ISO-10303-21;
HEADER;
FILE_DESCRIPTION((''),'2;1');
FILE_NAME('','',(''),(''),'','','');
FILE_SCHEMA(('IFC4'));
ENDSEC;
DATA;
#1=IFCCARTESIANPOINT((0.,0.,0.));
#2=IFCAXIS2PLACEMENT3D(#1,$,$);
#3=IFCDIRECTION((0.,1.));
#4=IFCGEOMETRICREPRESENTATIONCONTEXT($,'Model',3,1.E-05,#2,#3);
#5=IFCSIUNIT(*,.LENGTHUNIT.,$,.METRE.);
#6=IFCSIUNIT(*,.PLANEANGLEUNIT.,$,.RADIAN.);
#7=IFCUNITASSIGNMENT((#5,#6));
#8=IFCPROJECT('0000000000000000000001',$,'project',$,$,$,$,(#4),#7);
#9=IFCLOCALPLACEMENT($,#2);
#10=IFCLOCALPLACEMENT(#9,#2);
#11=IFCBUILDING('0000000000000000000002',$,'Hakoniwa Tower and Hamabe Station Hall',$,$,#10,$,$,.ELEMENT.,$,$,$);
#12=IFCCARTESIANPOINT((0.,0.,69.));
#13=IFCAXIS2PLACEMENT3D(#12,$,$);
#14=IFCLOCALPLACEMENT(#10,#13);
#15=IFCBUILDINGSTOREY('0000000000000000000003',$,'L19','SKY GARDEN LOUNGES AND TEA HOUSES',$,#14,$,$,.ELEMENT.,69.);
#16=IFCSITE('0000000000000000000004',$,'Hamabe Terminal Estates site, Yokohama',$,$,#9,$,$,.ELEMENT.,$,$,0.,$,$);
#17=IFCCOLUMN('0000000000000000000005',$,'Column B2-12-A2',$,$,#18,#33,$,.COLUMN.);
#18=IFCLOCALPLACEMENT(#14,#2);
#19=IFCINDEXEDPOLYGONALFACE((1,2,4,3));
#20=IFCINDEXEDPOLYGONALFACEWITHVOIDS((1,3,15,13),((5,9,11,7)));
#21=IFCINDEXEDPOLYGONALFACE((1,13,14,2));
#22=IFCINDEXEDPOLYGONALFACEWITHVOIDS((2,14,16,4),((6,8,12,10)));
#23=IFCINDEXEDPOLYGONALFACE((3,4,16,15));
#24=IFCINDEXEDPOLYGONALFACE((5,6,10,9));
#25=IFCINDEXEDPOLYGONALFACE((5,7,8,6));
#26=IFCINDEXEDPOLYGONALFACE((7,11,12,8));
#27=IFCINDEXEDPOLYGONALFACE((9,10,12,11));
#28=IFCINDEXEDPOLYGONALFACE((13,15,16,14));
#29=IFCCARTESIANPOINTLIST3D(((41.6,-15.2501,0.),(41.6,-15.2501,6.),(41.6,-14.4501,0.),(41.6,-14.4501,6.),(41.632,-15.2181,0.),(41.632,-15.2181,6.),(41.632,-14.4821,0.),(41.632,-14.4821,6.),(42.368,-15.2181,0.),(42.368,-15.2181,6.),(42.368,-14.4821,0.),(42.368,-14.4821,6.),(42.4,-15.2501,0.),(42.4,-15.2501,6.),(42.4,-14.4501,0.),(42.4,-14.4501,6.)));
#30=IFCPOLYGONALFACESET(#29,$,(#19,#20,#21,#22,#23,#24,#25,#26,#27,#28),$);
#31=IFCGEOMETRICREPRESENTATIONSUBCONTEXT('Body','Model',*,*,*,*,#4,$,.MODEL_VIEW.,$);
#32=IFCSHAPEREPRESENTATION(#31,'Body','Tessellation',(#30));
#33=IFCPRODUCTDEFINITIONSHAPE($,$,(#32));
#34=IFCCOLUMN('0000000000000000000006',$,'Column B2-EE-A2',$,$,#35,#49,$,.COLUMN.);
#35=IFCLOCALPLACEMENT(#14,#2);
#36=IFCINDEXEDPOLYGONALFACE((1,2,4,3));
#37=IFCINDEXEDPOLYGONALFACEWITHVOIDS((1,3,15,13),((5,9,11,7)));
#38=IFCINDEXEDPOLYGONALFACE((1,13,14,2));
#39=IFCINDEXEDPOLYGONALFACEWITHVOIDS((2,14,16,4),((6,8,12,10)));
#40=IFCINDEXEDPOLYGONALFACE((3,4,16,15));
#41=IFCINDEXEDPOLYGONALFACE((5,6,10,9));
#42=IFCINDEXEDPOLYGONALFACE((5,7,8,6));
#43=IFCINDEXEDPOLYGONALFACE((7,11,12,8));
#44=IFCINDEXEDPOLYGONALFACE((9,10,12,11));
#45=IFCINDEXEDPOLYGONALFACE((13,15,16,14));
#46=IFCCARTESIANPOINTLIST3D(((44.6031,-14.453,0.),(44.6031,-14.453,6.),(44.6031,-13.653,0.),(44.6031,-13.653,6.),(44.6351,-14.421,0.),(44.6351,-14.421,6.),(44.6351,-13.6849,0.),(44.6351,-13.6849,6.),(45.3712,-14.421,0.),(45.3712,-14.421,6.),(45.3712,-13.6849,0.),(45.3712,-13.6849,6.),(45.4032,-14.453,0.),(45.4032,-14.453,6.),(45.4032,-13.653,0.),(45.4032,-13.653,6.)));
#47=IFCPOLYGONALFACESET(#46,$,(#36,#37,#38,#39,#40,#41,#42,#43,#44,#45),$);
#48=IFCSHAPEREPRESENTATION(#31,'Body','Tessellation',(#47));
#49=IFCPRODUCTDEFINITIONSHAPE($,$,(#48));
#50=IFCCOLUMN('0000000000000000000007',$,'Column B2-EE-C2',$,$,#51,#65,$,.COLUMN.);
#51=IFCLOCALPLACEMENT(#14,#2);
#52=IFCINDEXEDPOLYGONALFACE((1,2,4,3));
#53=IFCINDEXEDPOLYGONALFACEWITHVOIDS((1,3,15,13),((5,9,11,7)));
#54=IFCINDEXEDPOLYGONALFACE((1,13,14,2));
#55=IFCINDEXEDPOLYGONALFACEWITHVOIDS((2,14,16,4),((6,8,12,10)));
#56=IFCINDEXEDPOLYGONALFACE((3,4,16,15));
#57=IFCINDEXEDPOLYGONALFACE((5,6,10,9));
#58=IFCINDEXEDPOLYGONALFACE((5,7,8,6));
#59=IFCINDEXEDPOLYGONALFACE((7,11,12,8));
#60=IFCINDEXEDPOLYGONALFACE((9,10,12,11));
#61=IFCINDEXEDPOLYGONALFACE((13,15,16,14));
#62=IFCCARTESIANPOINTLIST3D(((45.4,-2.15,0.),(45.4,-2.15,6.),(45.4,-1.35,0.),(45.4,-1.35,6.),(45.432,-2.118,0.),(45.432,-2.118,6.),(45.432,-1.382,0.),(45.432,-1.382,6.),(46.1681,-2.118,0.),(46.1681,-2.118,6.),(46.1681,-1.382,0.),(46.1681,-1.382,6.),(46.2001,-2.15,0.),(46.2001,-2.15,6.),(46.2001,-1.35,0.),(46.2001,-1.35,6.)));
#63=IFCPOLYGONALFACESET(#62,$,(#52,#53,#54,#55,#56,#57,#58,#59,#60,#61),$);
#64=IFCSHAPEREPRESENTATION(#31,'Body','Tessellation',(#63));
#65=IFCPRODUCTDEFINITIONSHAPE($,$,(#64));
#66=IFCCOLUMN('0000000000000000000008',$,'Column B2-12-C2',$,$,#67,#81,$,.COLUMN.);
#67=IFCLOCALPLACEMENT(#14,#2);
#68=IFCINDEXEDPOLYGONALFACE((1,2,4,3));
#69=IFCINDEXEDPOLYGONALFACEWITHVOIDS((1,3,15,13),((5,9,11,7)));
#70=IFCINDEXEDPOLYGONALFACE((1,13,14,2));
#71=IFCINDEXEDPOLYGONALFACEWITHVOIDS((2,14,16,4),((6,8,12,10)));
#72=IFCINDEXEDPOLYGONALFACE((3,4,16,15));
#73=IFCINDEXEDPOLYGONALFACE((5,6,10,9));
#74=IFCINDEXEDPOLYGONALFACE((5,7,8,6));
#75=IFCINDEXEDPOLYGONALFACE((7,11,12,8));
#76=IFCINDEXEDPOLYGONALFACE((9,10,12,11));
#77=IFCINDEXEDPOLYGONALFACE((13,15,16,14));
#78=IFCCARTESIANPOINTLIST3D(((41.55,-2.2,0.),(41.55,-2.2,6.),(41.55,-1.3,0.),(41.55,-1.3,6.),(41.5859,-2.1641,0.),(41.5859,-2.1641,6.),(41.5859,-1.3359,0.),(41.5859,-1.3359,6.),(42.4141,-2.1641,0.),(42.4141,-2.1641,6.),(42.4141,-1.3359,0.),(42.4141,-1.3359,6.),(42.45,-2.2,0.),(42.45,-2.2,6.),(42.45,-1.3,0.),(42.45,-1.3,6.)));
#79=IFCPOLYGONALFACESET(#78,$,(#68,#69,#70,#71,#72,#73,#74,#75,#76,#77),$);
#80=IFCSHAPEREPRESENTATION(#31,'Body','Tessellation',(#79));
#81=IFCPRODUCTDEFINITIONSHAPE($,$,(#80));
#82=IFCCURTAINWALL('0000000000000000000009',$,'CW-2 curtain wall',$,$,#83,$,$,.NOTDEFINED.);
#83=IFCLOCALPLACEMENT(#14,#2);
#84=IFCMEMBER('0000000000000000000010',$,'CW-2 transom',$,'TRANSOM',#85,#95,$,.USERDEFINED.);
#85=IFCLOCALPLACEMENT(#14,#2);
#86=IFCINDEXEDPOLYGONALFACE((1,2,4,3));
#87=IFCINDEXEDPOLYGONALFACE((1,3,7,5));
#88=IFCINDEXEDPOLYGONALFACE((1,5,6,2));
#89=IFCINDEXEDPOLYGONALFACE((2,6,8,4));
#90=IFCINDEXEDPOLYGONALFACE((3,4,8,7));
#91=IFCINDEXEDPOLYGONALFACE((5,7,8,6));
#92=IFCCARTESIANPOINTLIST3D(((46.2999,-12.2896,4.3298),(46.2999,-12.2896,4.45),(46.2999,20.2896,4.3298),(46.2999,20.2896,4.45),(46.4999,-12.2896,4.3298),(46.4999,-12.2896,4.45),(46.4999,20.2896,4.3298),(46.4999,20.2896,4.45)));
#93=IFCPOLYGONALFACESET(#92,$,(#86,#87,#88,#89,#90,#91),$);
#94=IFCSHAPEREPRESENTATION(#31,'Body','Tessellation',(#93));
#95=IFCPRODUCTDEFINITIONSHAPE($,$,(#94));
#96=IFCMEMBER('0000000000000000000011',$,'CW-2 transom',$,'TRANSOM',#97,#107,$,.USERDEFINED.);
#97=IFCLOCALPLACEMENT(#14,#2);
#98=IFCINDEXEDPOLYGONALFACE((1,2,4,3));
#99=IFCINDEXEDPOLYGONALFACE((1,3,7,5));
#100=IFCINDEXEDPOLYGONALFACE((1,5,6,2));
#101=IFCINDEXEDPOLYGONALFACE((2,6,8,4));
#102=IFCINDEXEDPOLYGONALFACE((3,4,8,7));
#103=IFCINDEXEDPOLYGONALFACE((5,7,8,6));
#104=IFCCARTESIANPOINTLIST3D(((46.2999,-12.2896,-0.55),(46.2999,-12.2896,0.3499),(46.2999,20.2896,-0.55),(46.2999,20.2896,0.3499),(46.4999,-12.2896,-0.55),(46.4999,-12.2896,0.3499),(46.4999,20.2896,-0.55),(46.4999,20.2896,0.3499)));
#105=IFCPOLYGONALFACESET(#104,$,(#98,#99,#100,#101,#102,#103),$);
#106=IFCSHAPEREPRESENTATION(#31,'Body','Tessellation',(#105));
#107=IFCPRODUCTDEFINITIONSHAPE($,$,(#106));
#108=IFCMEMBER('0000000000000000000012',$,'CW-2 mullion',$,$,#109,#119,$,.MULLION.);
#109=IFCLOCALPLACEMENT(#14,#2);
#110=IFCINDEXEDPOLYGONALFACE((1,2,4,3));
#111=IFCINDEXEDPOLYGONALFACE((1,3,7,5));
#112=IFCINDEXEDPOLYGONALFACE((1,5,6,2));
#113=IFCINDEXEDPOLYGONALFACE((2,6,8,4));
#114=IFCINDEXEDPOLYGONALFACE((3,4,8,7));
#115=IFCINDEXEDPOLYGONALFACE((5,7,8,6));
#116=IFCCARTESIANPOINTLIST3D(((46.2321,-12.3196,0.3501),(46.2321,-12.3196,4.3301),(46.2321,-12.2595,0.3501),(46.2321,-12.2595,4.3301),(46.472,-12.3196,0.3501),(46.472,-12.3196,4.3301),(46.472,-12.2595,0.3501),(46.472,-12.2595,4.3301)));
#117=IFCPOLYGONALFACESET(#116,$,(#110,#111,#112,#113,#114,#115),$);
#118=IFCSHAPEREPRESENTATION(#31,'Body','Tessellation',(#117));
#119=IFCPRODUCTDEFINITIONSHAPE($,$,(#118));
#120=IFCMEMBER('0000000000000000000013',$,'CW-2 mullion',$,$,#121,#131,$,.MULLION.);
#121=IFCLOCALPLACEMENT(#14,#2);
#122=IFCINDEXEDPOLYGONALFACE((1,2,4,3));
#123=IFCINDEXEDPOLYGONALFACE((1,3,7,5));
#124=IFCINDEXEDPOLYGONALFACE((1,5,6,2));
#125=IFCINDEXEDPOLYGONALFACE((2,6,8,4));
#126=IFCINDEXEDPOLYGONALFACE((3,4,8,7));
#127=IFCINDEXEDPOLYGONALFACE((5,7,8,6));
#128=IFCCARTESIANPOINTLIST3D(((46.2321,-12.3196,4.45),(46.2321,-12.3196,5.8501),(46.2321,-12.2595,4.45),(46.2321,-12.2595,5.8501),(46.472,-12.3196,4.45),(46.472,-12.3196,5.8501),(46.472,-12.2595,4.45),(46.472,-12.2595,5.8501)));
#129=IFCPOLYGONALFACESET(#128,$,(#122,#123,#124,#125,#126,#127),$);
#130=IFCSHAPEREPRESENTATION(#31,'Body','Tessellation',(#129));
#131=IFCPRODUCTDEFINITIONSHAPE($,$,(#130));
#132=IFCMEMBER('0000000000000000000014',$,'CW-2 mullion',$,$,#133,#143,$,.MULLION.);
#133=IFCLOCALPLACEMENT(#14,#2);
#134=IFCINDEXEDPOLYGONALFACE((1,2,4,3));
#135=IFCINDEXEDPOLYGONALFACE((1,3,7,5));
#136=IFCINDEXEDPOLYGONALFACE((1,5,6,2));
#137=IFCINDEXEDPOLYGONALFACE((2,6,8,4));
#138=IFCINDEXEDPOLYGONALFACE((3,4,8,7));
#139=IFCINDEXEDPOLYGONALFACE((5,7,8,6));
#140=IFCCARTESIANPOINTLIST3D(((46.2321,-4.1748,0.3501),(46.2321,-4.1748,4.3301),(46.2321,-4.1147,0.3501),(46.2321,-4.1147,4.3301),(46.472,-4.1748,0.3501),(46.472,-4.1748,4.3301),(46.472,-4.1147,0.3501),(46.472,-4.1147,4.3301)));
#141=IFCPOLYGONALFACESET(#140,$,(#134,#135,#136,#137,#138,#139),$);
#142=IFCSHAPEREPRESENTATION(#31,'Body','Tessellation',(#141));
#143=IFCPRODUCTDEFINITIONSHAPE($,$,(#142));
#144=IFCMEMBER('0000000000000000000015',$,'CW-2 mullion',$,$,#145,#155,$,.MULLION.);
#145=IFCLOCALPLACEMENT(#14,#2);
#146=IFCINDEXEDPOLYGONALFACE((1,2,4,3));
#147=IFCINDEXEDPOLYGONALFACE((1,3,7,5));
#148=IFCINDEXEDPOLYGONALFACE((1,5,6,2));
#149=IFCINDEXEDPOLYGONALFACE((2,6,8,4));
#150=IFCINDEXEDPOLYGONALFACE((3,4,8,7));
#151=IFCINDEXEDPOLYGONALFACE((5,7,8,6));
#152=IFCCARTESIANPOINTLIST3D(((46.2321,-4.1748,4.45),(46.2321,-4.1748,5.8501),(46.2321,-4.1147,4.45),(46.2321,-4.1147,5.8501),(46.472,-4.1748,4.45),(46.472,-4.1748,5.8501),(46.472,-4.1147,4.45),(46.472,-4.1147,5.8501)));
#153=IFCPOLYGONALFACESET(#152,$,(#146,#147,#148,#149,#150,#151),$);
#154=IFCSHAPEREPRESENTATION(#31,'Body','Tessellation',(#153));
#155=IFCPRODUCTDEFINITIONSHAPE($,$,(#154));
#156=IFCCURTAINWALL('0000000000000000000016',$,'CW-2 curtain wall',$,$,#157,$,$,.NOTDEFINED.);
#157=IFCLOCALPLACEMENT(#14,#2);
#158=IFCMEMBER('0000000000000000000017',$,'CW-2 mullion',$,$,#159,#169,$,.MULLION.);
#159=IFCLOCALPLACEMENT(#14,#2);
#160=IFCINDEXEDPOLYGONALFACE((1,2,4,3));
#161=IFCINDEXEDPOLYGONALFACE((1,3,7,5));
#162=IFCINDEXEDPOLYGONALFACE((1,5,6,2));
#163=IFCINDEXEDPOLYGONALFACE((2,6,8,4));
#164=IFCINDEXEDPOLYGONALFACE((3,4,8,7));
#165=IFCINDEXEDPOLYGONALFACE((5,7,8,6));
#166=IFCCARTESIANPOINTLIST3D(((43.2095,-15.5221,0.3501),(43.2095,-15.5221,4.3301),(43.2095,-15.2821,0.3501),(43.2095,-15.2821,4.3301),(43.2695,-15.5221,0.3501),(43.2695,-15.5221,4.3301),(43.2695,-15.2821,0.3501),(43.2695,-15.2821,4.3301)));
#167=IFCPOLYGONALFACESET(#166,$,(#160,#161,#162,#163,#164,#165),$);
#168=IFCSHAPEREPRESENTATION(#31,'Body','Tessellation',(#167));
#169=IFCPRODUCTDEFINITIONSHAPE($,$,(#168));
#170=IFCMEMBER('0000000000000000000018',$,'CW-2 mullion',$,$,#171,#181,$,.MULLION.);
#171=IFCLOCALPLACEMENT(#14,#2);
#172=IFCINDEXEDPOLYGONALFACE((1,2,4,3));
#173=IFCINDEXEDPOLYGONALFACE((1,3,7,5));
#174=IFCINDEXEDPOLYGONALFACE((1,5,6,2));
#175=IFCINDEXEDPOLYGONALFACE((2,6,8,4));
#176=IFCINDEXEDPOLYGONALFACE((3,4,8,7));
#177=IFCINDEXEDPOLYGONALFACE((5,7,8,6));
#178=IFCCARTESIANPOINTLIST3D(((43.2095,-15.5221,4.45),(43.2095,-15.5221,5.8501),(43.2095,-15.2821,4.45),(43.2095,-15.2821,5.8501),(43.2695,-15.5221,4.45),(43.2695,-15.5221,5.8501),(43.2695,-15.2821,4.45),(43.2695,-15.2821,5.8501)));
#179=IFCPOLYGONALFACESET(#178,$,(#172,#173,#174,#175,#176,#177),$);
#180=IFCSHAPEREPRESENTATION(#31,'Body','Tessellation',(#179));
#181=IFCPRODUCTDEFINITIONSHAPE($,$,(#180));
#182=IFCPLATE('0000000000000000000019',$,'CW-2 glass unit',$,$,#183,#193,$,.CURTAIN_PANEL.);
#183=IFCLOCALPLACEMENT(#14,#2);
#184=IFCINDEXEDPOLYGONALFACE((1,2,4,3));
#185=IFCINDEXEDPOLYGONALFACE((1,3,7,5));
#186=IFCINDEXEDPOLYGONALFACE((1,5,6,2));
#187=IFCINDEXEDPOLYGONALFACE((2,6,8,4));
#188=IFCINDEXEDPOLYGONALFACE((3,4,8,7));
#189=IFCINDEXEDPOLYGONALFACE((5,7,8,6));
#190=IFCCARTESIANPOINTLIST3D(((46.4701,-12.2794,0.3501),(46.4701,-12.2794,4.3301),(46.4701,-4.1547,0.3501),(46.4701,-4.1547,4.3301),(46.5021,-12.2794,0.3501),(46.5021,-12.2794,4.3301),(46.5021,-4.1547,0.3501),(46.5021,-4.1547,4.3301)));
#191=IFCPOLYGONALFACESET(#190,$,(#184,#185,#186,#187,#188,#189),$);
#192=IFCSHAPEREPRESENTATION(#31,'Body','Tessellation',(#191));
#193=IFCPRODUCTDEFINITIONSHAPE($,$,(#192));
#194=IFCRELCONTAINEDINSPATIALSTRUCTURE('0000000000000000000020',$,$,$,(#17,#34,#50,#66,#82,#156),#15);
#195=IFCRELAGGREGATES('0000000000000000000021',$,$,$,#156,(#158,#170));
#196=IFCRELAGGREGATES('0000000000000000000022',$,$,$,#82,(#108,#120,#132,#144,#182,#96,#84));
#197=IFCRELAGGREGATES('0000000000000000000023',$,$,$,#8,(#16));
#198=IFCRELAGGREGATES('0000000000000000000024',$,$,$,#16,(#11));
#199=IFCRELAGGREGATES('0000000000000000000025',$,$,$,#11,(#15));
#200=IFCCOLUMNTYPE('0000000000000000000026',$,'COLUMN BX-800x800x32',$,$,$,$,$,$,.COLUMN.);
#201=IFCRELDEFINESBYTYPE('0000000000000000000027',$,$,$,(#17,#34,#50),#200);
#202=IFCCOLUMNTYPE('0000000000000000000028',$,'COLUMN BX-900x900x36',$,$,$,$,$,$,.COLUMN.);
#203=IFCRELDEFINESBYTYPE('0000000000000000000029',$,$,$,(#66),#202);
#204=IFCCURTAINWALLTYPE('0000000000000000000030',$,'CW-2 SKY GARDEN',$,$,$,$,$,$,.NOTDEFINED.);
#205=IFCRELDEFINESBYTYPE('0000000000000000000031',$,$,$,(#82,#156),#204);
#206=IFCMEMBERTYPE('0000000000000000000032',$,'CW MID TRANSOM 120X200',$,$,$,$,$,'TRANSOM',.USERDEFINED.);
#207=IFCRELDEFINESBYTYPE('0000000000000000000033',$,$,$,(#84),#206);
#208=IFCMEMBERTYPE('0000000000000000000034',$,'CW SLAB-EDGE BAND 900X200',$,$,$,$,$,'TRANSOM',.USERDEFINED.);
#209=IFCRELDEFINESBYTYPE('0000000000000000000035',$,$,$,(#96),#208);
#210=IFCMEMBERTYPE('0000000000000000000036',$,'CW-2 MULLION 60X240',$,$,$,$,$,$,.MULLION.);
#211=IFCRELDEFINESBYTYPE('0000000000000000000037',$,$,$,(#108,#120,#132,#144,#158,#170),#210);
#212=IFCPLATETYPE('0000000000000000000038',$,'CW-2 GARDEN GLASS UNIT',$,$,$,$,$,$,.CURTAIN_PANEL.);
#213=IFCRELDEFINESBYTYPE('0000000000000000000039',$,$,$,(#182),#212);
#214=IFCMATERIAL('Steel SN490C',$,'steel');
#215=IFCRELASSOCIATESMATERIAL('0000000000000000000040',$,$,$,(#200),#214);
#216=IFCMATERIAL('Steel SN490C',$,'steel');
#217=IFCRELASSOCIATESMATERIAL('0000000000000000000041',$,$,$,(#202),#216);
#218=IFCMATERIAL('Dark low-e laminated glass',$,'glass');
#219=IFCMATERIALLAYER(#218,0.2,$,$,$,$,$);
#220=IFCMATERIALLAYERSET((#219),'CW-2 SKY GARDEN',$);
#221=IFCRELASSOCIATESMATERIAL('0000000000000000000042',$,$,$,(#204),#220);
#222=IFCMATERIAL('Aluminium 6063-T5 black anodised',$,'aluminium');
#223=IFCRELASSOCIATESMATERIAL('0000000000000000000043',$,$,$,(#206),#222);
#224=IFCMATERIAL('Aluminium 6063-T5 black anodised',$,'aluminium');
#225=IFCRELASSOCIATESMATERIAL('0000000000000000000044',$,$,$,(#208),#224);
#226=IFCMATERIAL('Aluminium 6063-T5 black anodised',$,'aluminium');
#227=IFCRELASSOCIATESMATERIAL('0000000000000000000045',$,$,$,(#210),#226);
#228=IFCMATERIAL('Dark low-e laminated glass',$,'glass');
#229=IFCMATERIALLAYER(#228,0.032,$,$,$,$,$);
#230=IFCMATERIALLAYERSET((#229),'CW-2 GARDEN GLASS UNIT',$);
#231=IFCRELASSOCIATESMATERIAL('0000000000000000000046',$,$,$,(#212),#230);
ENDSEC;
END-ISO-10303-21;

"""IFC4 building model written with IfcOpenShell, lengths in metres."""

from ifc_helpers import new_model, si_unit, direction, frame, origin, origin_2d, place, context, subcontext, project, spatial, rectangle, hollow_rectangle, extrude, material, layer, layer_set, material_profile, profile_set, type_object, element, aggregate, save


model = new_model("IFC4")

# Units and contexts
model_context = context("Model", 3, precision=1e-05, world=origin(), true_north=direction((0.0, 1.0)))
body_context = subcontext(model_context, "Body", "Model", "MODEL_VIEW")
ifc_project = project(units=[si_unit("LENGTHUNIT", "METRE"), si_unit("PLANEANGLEUNIT", "RADIAN")], contexts=[model_context])

# Site, building, storey
site_placement = place(None, origin())
site = spatial("IfcSite", under=ifc_project, at=site_placement, Name="Hamabe Terminal Estates site, Yokohama", CompositionType="ELEMENT", RefElevation=0.0)
building_placement = place(site_placement, origin())
building = spatial("IfcBuilding", under=site, at=building_placement, Name="Hakoniwa Tower and Hamabe Station Hall", CompositionType="ELEMENT")
storey_placement = place(building_placement, frame((0.0, 0.0, 69.0)))
storey = spatial("IfcBuildingStorey", under=building, at=storey_placement, Name="L19", Description="SKY GARDEN LOUNGES AND TEA HOUSES", CompositionType="ELEMENT", Elevation=69.0)

# Columns
ifc_material_1 = material(Name="Steel SN490C", Category="steel")
ifc_material_profile_1 = material_profile(ifc_material_1, hollow_rectangle(XDim=0.8, YDim=0.8, WallThickness=0.032, at=origin_2d()), Name="BX-800x800x32")
ifc_profile_set_1 = profile_set([ifc_material_profile_1], Name="Steel SN490C")
column_type_1 = type_object("IfcColumnType", Name="COLUMN BX-800x800x32", PredefinedType="COLUMN", material=ifc_profile_set_1)
for number, where, z_axis, x_axis, name in (
    (1, (42.0, -14.8501, 0.0), (0.0, 0.0, 1.0), (1.0, 0.0, 0.0), "Column B2-12-A2"),
    (2, (45.0032, -14.053, 0.0), (0.0, 0.0, 1.0), (1.0, 0.0, 0.0), "Column B2-EE-A2"),
    (3, (45.8, -1.75, 0.0), (0.0, 0.0, 1.0), (1.0, 0.0, 0.0), "Column B2-EE-C2"),
):
    element("IfcColumn", number, at=place(storey_placement, frame(where, z_axis=z_axis, x_axis=x_axis)), inside=storey, type_object=column_type_1, Name=name, PredefinedType="COLUMN", context=body_context, shape_type="SweptSolid", body=[
        extrude(hollow_rectangle(XDim=0.8, YDim=0.8, WallThickness=0.032, at=origin_2d()), origin(), (0.0, 0.0, 1.0), 6.0),
    ])
ifc_material_2 = material(Name="Steel SN490C", Category="steel")
ifc_material_profile_2 = material_profile(ifc_material_2, hollow_rectangle(XDim=0.8999, YDim=0.8999, WallThickness=0.0359, at=origin_2d()), Name="BX-900x900x36")
ifc_profile_set_2 = profile_set([ifc_material_profile_2], Name="Steel SN490C")
column_type_2 = type_object("IfcColumnType", Name="COLUMN BX-900x900x36", PredefinedType="COLUMN", material=ifc_profile_set_2)
column_placement = place(storey_placement, frame((42.0, -1.75, 0.0), z_axis=(0.0, 0.0, 1.0), x_axis=(1.0, 0.0, 0.0)))
element("IfcColumn", 4, at=column_placement, inside=storey, type_object=column_type_2, Name="Column B2-12-C2", PredefinedType="COLUMN", context=body_context, shape_type="SweptSolid", body=[
    extrude(hollow_rectangle(XDim=0.8999, YDim=0.8999, WallThickness=0.0359, at=origin_2d()), origin(), (0.0, 0.0, 1.0), 6.0),
])

# Curtain walls, members
ifc_material_3 = material(Name="Dark low-e laminated glass", Category="glass")
ifc_layer_1 = layer(ifc_material_3, 0.2)
ifc_layer_set_1 = layer_set([ifc_layer_1], Name="CW-2 SKY GARDEN")
curtain_wall_type = type_object("IfcCurtainWallType", Name="CW-2 SKY GARDEN", PredefinedType="NOTDEFINED", material=ifc_layer_set_1)
curtain_wall_1_placement = place(storey_placement, origin())
curtain_wall_1 = element("IfcCurtainWall", 5, at=curtain_wall_1_placement, inside=storey, type_object=curtain_wall_type, Name="CW-2 curtain wall", PredefinedType="NOTDEFINED")
ifc_material_4 = material(Name="Aluminium 6063-T5 black anodised", Category="aluminium")
ifc_material_profile_3 = material_profile(ifc_material_4, rectangle(XDim=0.2, YDim=0.1201, at=origin_2d()), Name="CW MID TRANSOM 120X200")
ifc_profile_set_3 = profile_set([ifc_material_profile_3], Name="Aluminium 6063-T5 black anodised")
member_type_1 = type_object("IfcMemberType", Name="CW MID TRANSOM 120X200", ElementType="TRANSOM", PredefinedType="USERDEFINED", material=ifc_profile_set_3)
member_1_placement = place(storey_placement, frame((46.3999, -12.2896, 4.3899), z_axis=(0.0, 1.0, 0.0), x_axis=(-1.0, 0.0, 0.0)))
member_1 = element("IfcMember", 6, at=member_1_placement, type_object=member_type_1, Name="CW-2 transom", ObjectType="TRANSOM", PredefinedType="USERDEFINED", context=body_context, shape_type="SweptSolid", body=[
    extrude(rectangle(XDim=0.2, YDim=0.1201, at=origin_2d()), origin(), (0.0, 0.0, 1.0), 32.5791),
])
ifc_material_5 = material(Name="Aluminium 6063-T5 black anodised", Category="aluminium")
ifc_material_profile_4 = material_profile(ifc_material_5, rectangle(XDim=0.2, YDim=0.8999, at=origin_2d()), Name="CW SLAB-EDGE BAND 900X200")
ifc_profile_set_4 = profile_set([ifc_material_profile_4], Name="Aluminium 6063-T5 black anodised")
member_type_2 = type_object("IfcMemberType", Name="CW SLAB-EDGE BAND 900X200", ElementType="TRANSOM", PredefinedType="USERDEFINED", material=ifc_profile_set_4)
member_2_placement = place(storey_placement, frame((46.3999, -12.2896, -0.1001), z_axis=(0.0, 1.0, 0.0), x_axis=(-1.0, 0.0, 0.0)))
member_2 = element("IfcMember", 7, at=member_2_placement, type_object=member_type_2, Name="CW-2 transom", ObjectType="TRANSOM", PredefinedType="USERDEFINED", context=body_context, shape_type="SweptSolid", body=[
    extrude(rectangle(XDim=0.2, YDim=0.8999, at=origin_2d()), origin(), (0.0, 0.0, 1.0), 32.5791),
])
ifc_material_6 = material(Name="Aluminium 6063-T5 black anodised", Category="aluminium")
ifc_material_profile_5 = material_profile(ifc_material_6, rectangle(XDim=0.0601, YDim=0.24, at=origin_2d()), Name="CW-2 MULLION 60X240")
ifc_profile_set_5 = profile_set([ifc_material_profile_5], Name="Aluminium 6063-T5 black anodised")
member_type_3 = type_object("IfcMemberType", Name="CW-2 MULLION 60X240", PredefinedType="MULLION", material=ifc_profile_set_5)
member_3_placement = place(storey_placement, frame((46.3521, -12.2896, 0.3501), z_axis=(0.0, 0.0, 1.0), x_axis=(0.0, 1.0, 0.0)))
member_3 = element("IfcMember", 8, at=member_3_placement, type_object=member_type_3, Name="CW-2 mullion", PredefinedType="MULLION", context=body_context, shape_type="SweptSolid", body=[
    extrude(rectangle(XDim=0.0601, YDim=0.24, at=origin_2d()), origin(), (0.0, 0.0, 1.0), 3.98),
])
member_4_placement = place(storey_placement, frame((46.3521, -12.2896, 4.45), z_axis=(0.0, 0.0, 1.0), x_axis=(0.0, 1.0, 0.0)))
member_4 = element("IfcMember", 9, at=member_4_placement, type_object=member_type_3, Name="CW-2 mullion", PredefinedType="MULLION", context=body_context, shape_type="SweptSolid", body=[
    extrude(rectangle(XDim=0.0601, YDim=0.24, at=origin_2d()), origin(), (0.0, 0.0, 1.0), 1.4001),
])
member_5_placement = place(storey_placement, frame((46.3521, -4.1448, 0.3501), z_axis=(0.0, 0.0, 1.0), x_axis=(0.0, 1.0, 0.0)))
member_5 = element("IfcMember", 10, at=member_5_placement, type_object=member_type_3, Name="CW-2 mullion", PredefinedType="MULLION", context=body_context, shape_type="SweptSolid", body=[
    extrude(rectangle(XDim=0.0601, YDim=0.24, at=origin_2d()), origin(), (0.0, 0.0, 1.0), 3.98),
])
member_6_placement = place(storey_placement, frame((46.3521, -4.1448, 4.45), z_axis=(0.0, 0.0, 1.0), x_axis=(0.0, 1.0, 0.0)))
member_6 = element("IfcMember", 11, at=member_6_placement, type_object=member_type_3, Name="CW-2 mullion", PredefinedType="MULLION", context=body_context, shape_type="SweptSolid", body=[
    extrude(rectangle(XDim=0.0601, YDim=0.24, at=origin_2d()), origin(), (0.0, 0.0, 1.0), 1.4001),
])
curtain_wall_2_placement = place(storey_placement, origin())
curtain_wall_2 = element("IfcCurtainWall", 12, at=curtain_wall_2_placement, inside=storey, type_object=curtain_wall_type, Name="CW-2 curtain wall", PredefinedType="NOTDEFINED")
member_7_placement = place(storey_placement, frame((43.2395, -15.4021, 0.3501), z_axis=(0.0, 0.0, 1.0), x_axis=(1.0, 0.0, 0.0)))
member_7 = element("IfcMember", 13, at=member_7_placement, type_object=member_type_3, Name="CW-2 mullion", PredefinedType="MULLION", context=body_context, shape_type="SweptSolid", body=[
    extrude(rectangle(XDim=0.0601, YDim=0.24, at=origin_2d()), origin(), (0.0, 0.0, 1.0), 3.98),
])
member_8_placement = place(storey_placement, frame((43.2395, -15.4021, 4.45), z_axis=(0.0, 0.0, 1.0), x_axis=(1.0, 0.0, 0.0)))
member_8 = element("IfcMember", 14, at=member_8_placement, type_object=member_type_3, Name="CW-2 mullion", PredefinedType="MULLION", context=body_context, shape_type="SweptSolid", body=[
    extrude(rectangle(XDim=0.0601, YDim=0.24, at=origin_2d()), origin(), (0.0, 0.0, 1.0), 1.4001),
])
aggregate(curtain_wall_2, [member_7, member_8])

# Plate
ifc_material_7 = material(Name="Dark low-e laminated glass", Category="glass")
ifc_layer_2 = layer(ifc_material_7, 0.032)
ifc_layer_set_2 = layer_set([ifc_layer_2], Name="CW-2 GARDEN GLASS UNIT")
plate_type = type_object("IfcPlateType", Name="CW-2 GARDEN GLASS UNIT", PredefinedType="CURTAIN_PANEL", material=ifc_layer_set_2)
plate_1_placement = place(storey_placement, frame((46.4861, -8.217, 0.3501), z_axis=(0.0, 0.0, 1.0), x_axis=(0.0, 1.0, 0.0)))
plate_1 = element("IfcPlate", 15, at=plate_1_placement, type_object=plate_type, Name="CW-2 glass unit", PredefinedType="CURTAIN_PANEL", context=body_context, shape_type="SweptSolid", body=[
    extrude(rectangle(XDim=8.1248, YDim=0.032, at=origin_2d()), origin(), (0.0, 0.0, 1.0), 3.98),
])

aggregate(curtain_wall_1, [member_3, member_4, member_5, member_6, plate_1, member_2, member_1])

save(model, "model.ifc")
